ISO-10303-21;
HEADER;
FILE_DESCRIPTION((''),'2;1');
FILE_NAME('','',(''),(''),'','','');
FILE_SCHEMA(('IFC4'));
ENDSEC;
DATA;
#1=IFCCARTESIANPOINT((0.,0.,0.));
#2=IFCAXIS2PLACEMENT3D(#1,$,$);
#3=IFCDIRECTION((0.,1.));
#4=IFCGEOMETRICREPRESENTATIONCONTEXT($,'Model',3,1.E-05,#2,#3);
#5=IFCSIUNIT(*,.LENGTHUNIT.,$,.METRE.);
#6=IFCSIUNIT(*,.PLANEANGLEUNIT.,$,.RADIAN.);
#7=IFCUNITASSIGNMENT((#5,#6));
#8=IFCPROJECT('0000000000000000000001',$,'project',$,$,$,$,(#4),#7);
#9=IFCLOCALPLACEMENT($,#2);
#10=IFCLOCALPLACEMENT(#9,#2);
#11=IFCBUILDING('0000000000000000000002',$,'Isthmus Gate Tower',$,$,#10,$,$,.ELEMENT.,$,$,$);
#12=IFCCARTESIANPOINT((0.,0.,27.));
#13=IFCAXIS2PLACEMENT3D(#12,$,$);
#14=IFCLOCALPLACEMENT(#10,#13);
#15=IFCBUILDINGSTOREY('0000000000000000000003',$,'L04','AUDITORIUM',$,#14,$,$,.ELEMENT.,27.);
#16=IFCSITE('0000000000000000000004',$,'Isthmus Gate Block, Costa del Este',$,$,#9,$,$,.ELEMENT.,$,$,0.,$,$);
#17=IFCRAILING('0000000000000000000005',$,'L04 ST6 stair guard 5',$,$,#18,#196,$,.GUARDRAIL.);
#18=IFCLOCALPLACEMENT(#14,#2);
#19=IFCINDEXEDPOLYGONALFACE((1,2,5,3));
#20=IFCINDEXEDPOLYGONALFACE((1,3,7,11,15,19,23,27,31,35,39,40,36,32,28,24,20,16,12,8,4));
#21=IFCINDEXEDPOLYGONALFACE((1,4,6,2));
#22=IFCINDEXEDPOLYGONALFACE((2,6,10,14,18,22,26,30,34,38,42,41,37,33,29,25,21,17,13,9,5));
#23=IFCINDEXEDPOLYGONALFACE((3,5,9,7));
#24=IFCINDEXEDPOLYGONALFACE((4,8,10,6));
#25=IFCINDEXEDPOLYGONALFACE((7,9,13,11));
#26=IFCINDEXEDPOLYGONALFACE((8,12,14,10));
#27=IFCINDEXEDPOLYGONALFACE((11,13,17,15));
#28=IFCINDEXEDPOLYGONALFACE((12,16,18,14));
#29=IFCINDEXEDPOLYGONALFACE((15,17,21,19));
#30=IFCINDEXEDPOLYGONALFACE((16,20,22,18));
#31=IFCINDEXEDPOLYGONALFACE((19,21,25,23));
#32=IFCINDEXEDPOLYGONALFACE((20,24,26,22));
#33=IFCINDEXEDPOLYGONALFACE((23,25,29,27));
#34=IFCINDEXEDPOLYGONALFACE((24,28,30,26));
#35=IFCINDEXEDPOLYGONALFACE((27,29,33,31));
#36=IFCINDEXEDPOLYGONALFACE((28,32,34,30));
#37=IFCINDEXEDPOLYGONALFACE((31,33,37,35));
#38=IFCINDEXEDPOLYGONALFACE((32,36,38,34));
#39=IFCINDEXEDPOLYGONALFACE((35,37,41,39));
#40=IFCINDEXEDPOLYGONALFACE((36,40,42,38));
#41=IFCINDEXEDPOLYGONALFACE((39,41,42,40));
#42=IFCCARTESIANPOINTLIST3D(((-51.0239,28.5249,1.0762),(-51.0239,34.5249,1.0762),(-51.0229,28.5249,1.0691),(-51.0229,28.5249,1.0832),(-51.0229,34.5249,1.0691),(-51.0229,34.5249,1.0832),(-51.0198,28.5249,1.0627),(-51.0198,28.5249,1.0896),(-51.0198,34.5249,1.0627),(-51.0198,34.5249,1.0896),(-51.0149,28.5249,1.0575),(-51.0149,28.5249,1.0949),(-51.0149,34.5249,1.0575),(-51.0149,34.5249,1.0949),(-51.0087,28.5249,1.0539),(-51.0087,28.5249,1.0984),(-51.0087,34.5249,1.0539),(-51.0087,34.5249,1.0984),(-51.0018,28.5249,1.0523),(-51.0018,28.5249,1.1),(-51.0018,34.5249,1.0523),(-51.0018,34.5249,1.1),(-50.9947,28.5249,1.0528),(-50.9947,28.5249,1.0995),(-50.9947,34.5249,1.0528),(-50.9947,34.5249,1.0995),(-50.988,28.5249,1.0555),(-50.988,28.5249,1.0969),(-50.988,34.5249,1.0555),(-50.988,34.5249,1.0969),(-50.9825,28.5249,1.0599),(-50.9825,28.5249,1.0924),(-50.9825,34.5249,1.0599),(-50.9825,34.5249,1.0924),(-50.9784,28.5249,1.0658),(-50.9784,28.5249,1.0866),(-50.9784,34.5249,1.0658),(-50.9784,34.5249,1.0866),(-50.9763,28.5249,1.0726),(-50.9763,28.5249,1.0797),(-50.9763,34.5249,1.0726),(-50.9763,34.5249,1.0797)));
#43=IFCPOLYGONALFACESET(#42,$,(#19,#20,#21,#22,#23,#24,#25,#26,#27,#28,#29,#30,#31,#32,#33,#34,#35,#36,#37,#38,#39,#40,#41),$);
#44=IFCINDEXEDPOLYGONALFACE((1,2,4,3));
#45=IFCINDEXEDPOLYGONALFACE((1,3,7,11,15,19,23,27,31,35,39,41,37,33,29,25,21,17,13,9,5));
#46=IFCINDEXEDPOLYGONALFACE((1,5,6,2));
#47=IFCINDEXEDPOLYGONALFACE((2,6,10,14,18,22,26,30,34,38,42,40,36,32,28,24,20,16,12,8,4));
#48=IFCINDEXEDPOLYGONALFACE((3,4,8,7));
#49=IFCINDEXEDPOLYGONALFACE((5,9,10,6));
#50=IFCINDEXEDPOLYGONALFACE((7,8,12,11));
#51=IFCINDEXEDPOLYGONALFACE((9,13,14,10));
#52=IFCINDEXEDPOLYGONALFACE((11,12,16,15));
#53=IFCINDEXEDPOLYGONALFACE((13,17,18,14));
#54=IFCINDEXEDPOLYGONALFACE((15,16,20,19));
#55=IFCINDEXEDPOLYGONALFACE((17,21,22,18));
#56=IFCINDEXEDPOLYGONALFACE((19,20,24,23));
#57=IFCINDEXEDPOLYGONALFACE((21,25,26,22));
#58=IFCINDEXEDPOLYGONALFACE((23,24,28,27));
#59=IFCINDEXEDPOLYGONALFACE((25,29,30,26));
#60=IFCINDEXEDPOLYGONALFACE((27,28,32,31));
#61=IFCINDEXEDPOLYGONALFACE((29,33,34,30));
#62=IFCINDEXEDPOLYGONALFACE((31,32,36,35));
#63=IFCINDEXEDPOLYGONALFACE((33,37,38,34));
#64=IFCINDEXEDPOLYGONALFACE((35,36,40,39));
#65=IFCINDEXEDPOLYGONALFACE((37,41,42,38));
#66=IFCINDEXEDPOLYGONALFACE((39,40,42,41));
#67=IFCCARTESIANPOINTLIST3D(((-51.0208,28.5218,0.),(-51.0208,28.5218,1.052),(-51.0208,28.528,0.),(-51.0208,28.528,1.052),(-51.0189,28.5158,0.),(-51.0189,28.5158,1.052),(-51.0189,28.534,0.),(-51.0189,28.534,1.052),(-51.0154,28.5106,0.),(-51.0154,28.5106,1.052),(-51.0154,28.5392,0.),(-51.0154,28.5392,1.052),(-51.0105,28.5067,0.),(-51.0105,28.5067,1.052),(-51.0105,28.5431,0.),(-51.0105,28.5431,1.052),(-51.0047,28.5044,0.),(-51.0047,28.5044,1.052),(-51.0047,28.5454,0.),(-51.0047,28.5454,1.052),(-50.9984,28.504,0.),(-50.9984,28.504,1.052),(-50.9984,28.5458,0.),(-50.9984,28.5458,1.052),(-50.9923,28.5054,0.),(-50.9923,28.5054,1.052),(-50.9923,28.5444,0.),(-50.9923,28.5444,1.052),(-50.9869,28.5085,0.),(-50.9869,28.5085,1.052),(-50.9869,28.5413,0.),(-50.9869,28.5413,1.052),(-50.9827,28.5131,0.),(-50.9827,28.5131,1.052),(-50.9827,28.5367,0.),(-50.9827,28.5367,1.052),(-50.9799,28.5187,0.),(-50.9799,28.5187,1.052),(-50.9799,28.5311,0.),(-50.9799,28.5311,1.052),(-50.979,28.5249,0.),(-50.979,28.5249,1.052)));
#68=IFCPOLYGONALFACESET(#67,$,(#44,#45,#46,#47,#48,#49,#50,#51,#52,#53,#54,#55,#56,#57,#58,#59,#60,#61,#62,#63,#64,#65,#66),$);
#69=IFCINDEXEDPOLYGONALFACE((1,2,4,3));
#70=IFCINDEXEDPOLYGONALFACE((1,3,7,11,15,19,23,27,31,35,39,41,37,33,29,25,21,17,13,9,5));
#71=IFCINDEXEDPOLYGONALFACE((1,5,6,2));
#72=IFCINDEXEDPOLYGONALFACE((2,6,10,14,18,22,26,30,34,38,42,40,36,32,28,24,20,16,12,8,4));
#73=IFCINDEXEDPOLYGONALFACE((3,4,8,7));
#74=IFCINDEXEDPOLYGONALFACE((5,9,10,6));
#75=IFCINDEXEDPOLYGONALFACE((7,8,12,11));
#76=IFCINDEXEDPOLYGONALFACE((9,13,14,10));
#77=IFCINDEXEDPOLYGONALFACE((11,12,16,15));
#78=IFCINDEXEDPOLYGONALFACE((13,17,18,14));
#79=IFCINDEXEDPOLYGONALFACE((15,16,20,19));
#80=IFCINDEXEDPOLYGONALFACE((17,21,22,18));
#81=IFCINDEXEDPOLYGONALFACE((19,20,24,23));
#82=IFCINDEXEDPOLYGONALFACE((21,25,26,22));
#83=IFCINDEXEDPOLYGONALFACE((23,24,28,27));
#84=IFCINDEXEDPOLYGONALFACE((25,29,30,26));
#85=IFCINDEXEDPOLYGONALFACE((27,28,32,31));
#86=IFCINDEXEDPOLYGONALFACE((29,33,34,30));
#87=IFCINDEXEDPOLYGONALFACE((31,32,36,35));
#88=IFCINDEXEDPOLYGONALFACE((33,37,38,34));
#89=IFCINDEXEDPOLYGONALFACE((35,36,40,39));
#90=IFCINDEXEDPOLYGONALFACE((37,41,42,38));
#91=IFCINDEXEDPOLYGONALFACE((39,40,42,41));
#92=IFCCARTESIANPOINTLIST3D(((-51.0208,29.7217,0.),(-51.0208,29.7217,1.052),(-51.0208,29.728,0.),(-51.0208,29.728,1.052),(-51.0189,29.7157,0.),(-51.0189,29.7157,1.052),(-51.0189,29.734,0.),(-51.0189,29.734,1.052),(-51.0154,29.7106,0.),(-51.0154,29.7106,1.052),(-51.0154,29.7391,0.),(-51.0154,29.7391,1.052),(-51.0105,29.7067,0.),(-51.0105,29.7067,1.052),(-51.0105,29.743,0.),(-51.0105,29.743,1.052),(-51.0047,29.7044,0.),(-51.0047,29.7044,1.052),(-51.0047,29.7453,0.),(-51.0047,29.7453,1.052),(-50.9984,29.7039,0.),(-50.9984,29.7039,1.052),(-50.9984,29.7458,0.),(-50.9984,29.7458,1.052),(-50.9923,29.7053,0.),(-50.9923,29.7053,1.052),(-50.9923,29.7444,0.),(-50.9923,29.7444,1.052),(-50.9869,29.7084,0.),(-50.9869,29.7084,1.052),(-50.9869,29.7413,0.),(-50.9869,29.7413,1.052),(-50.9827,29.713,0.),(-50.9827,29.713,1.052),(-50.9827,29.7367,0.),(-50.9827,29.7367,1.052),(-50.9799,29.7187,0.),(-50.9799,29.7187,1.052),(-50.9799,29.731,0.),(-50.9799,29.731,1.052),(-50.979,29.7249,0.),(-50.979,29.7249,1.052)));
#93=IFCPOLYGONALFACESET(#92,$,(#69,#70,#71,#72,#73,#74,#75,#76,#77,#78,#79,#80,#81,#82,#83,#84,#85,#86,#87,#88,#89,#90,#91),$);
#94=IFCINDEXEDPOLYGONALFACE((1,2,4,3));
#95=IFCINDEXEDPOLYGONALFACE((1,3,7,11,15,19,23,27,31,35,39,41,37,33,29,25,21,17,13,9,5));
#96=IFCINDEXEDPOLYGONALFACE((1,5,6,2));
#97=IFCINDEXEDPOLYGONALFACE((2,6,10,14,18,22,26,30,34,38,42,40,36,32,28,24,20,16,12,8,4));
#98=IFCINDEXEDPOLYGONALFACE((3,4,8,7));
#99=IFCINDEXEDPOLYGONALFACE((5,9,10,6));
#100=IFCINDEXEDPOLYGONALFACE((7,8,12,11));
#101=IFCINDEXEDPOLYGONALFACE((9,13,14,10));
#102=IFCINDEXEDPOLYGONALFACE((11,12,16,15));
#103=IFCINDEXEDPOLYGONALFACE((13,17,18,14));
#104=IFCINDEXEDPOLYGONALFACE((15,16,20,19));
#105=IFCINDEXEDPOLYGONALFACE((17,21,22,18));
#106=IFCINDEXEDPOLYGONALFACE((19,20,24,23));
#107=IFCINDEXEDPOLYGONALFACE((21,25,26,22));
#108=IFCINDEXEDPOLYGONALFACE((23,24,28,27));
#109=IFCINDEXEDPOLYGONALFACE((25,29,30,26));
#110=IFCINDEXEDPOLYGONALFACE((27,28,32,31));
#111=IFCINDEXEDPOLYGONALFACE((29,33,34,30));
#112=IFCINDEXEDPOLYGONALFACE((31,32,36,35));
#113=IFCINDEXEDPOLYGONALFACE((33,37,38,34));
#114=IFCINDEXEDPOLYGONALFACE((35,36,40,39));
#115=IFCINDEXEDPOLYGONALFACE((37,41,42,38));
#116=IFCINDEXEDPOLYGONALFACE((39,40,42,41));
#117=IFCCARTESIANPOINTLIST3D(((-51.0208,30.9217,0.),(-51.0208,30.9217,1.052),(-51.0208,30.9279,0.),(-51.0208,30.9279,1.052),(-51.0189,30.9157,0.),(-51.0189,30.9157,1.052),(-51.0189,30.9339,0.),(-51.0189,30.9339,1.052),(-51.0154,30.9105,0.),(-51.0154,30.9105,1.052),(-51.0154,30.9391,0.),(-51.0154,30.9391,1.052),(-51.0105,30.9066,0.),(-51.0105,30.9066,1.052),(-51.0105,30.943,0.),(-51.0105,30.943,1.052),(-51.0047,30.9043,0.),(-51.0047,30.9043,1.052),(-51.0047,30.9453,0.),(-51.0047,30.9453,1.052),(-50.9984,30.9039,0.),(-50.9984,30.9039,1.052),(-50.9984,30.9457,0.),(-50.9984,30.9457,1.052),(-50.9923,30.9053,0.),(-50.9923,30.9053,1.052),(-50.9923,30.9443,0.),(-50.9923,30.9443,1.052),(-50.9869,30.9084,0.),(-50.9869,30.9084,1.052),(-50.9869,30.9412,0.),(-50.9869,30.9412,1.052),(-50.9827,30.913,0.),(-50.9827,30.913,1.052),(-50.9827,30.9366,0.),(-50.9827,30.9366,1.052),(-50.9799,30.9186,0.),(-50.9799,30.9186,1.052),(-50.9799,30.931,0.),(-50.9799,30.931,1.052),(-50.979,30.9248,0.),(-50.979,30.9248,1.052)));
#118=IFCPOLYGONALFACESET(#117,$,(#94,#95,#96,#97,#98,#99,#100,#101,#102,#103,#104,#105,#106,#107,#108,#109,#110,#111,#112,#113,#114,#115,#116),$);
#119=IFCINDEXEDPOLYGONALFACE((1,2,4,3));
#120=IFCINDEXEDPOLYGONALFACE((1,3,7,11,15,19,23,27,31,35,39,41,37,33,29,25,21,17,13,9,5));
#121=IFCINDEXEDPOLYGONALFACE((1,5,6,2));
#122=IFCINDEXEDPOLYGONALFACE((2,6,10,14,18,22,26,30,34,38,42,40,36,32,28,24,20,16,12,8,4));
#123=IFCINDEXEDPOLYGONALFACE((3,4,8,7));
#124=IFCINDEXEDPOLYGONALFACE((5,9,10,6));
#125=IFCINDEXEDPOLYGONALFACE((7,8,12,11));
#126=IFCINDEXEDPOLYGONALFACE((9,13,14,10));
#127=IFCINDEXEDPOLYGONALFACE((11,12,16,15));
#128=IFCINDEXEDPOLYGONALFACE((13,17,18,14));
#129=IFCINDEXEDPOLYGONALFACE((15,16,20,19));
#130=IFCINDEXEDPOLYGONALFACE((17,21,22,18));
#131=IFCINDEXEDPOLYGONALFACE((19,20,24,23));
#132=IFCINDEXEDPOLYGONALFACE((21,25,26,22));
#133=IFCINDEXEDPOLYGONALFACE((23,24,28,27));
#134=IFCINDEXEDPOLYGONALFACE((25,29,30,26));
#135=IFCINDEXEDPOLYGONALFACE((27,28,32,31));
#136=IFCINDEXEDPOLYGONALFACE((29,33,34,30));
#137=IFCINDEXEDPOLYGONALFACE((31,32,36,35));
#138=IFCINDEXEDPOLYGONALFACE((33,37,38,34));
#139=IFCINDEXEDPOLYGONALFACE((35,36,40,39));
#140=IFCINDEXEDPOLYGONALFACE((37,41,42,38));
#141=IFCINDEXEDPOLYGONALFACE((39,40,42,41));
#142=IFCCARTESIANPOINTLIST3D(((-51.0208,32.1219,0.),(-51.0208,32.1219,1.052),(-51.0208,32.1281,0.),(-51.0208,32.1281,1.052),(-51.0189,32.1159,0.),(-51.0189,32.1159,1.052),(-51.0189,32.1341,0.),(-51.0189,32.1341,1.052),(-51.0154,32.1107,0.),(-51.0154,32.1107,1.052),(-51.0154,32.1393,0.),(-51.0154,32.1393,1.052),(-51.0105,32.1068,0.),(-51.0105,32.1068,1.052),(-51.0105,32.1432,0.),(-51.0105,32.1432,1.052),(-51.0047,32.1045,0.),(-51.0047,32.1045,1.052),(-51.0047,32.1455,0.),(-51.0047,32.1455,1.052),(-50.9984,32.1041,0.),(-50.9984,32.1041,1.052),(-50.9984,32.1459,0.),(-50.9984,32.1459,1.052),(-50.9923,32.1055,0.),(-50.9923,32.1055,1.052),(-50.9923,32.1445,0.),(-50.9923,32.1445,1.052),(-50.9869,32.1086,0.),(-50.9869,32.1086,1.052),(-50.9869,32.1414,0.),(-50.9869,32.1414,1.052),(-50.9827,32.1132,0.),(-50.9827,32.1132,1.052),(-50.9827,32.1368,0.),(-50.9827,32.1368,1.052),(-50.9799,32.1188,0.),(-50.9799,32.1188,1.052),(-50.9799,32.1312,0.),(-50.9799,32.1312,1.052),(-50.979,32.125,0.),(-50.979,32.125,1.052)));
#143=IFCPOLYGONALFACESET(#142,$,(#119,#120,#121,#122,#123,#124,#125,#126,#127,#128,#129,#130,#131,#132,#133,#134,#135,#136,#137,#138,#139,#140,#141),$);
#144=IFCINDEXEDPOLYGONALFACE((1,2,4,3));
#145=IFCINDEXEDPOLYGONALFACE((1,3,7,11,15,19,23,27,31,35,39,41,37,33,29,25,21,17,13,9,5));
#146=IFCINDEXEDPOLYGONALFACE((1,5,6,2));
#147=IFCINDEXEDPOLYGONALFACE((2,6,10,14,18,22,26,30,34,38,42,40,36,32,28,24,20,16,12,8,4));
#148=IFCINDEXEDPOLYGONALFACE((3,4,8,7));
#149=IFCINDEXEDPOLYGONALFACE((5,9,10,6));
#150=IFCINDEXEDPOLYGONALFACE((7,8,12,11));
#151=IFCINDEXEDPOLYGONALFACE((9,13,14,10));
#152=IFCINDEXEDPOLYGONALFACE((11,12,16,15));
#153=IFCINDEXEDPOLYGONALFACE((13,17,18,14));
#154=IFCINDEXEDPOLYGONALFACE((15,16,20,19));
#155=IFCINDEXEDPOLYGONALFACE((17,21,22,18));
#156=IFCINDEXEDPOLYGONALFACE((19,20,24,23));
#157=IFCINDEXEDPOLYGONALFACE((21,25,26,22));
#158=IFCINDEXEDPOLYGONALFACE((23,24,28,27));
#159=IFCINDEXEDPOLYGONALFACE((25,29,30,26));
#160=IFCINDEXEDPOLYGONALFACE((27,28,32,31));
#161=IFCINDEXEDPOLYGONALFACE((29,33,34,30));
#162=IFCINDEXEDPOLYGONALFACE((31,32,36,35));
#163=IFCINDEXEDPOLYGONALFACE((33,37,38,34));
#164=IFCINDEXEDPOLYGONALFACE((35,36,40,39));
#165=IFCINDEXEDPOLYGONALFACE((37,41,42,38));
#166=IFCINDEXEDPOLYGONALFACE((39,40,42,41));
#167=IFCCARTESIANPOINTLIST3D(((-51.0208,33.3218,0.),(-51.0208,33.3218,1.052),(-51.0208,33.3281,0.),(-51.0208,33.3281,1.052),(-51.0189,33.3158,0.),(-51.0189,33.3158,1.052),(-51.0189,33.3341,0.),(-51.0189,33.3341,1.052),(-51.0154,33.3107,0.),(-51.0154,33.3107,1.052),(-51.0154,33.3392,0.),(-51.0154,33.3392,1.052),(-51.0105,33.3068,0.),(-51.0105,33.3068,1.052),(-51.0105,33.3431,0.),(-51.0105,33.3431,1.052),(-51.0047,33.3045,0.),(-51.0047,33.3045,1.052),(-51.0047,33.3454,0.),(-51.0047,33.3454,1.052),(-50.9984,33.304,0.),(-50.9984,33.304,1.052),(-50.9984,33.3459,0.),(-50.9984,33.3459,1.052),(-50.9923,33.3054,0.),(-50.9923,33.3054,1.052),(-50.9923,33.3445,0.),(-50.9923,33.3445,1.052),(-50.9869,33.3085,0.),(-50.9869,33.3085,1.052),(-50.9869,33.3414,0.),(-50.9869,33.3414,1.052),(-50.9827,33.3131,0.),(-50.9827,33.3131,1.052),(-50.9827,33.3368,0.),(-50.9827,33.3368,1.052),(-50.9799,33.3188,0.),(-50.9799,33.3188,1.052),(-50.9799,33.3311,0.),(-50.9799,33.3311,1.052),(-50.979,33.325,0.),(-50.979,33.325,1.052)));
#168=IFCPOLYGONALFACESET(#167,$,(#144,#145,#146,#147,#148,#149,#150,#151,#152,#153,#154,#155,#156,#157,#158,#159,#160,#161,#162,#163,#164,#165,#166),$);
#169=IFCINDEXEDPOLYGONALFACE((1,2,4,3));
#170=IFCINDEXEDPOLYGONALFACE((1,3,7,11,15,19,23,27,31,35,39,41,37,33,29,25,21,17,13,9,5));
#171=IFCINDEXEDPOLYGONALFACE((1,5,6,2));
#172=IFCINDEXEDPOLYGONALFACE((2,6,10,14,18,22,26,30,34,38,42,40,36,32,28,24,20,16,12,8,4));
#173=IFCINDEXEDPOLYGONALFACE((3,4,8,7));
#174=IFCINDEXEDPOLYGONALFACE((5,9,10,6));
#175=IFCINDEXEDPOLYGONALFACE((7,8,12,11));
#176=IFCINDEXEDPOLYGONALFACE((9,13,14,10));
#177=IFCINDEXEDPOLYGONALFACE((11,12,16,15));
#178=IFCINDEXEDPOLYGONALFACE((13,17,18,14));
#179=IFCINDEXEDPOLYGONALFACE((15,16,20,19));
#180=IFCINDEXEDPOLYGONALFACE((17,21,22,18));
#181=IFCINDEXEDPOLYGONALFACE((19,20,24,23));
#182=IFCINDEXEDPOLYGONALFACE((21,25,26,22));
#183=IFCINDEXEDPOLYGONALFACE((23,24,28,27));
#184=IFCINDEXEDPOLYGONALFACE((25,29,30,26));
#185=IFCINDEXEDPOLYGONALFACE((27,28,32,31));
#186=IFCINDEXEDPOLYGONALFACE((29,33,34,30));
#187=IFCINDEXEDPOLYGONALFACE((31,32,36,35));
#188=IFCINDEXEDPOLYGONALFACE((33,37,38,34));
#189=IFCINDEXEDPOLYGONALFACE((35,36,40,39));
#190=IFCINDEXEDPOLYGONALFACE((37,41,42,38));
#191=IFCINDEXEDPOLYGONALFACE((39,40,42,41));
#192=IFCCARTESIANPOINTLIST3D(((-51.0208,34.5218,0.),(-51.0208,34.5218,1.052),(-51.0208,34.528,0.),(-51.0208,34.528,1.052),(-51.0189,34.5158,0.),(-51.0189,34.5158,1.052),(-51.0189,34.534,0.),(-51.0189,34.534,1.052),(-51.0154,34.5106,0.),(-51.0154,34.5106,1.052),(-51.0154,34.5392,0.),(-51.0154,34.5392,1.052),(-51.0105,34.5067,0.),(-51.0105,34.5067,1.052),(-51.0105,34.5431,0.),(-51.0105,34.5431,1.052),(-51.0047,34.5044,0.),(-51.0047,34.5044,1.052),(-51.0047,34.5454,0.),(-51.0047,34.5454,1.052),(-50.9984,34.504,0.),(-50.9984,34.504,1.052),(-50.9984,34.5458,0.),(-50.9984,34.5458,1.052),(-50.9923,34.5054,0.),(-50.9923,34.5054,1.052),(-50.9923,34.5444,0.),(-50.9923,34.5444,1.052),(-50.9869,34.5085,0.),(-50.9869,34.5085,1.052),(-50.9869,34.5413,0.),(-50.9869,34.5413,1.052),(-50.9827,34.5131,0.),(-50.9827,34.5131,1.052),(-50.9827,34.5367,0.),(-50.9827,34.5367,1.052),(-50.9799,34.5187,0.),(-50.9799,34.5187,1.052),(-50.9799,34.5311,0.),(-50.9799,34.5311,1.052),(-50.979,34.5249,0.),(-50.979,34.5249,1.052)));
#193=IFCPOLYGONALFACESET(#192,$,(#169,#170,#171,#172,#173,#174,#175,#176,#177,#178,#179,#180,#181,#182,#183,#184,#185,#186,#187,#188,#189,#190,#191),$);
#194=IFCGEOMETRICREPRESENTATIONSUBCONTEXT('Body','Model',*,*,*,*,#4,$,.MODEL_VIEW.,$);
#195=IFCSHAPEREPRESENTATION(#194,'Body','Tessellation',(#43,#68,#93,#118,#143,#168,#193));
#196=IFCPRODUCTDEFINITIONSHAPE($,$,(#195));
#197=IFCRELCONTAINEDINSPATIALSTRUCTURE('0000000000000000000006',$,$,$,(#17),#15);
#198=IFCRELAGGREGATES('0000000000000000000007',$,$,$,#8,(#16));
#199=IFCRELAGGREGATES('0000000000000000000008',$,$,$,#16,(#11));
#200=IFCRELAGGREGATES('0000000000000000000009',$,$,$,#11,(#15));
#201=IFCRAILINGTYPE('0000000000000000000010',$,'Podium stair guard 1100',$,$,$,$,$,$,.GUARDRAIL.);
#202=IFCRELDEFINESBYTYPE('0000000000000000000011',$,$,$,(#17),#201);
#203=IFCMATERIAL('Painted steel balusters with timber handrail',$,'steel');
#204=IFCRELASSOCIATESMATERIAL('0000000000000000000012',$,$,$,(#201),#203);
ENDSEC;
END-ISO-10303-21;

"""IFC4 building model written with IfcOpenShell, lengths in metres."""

from ifc_helpers import new_model, si_unit, direction, frame, origin, origin_2d, place, context, subcontext, project, spatial, circle, extrude, material, type_object, element, save


model = new_model("IFC4")

# Units and contexts
model_context = context("Model", 3, precision=1e-05, world=origin(), true_north=direction((0.0, 1.0)))
body_context = subcontext(model_context, "Body", "Model", "MODEL_VIEW")
ifc_project = project(units=[si_unit("LENGTHUNIT", "METRE"), si_unit("PLANEANGLEUNIT", "RADIAN")], contexts=[model_context])

# Site, building, storey
site_placement = place(None, origin())
site = spatial("IfcSite", under=ifc_project, at=site_placement, Name="Isthmus Gate Block, Costa del Este", CompositionType="ELEMENT", RefElevation=0.0)
building_placement = place(site_placement, origin())
building = spatial("IfcBuilding", under=site, at=building_placement, Name="Isthmus Gate Tower", CompositionType="ELEMENT")
storey_placement = place(building_placement, frame((0.0, 0.0, 27.0)))
storey = spatial("IfcBuildingStorey", under=building, at=storey_placement, Name="L04", Description="AUDITORIUM", CompositionType="ELEMENT", Elevation=27.0)

# Railing
ifc_material_1 = material(Name="Painted steel balusters with timber handrail", Category="steel")
railing_type_1 = type_object("IfcRailingType", Name="Podium stair guard 1100", PredefinedType="GUARDRAIL", material=ifc_material_1)
railing_1_placement = place(storey_placement, frame((-51.0, 28.5249, 0.0)))
element("IfcRailing", 1, at=railing_1_placement, inside=storey, type_object=railing_type_1, Name="L04 ST6 stair guard 5", PredefinedType="GUARDRAIL", context=body_context, shape_type="SweptSolid", body=[
    extrude(circle(Radius=0.0239, at=origin_2d()), frame((0.0, 0.0, 1.0762), z_axis=(0.0, 1.0, 0.0), x_axis=(-1.0, 0.0, 0.0)), (0.0, 0.0, 1.0), 6.0),
    extrude(circle(Radius=0.021, at=origin_2d()), origin(), (0.0, 0.0, 1.0), 1.052),
    extrude(circle(Radius=0.021, at=origin_2d()), frame((0.0, 1.2, 0.0)), (0.0, 0.0, 1.0), 1.052),
    extrude(circle(Radius=0.021, at=origin_2d()), frame((0.0, 2.3999, 0.0)), (0.0, 0.0, 1.0), 1.052),
    extrude(circle(Radius=0.021, at=origin_2d()), frame((0.0, 3.6001, 0.0)), (0.0, 0.0, 1.0), 1.052),
    extrude(circle(Radius=0.021, at=origin_2d()), frame((0.0, 4.8, 0.0)), (0.0, 0.0, 1.0), 1.052),
    extrude(circle(Radius=0.021, at=origin_2d()), frame((0.0, 6.0, 0.0)), (0.0, 0.0, 1.0), 1.052),
])

save(model, "model.ifc")
